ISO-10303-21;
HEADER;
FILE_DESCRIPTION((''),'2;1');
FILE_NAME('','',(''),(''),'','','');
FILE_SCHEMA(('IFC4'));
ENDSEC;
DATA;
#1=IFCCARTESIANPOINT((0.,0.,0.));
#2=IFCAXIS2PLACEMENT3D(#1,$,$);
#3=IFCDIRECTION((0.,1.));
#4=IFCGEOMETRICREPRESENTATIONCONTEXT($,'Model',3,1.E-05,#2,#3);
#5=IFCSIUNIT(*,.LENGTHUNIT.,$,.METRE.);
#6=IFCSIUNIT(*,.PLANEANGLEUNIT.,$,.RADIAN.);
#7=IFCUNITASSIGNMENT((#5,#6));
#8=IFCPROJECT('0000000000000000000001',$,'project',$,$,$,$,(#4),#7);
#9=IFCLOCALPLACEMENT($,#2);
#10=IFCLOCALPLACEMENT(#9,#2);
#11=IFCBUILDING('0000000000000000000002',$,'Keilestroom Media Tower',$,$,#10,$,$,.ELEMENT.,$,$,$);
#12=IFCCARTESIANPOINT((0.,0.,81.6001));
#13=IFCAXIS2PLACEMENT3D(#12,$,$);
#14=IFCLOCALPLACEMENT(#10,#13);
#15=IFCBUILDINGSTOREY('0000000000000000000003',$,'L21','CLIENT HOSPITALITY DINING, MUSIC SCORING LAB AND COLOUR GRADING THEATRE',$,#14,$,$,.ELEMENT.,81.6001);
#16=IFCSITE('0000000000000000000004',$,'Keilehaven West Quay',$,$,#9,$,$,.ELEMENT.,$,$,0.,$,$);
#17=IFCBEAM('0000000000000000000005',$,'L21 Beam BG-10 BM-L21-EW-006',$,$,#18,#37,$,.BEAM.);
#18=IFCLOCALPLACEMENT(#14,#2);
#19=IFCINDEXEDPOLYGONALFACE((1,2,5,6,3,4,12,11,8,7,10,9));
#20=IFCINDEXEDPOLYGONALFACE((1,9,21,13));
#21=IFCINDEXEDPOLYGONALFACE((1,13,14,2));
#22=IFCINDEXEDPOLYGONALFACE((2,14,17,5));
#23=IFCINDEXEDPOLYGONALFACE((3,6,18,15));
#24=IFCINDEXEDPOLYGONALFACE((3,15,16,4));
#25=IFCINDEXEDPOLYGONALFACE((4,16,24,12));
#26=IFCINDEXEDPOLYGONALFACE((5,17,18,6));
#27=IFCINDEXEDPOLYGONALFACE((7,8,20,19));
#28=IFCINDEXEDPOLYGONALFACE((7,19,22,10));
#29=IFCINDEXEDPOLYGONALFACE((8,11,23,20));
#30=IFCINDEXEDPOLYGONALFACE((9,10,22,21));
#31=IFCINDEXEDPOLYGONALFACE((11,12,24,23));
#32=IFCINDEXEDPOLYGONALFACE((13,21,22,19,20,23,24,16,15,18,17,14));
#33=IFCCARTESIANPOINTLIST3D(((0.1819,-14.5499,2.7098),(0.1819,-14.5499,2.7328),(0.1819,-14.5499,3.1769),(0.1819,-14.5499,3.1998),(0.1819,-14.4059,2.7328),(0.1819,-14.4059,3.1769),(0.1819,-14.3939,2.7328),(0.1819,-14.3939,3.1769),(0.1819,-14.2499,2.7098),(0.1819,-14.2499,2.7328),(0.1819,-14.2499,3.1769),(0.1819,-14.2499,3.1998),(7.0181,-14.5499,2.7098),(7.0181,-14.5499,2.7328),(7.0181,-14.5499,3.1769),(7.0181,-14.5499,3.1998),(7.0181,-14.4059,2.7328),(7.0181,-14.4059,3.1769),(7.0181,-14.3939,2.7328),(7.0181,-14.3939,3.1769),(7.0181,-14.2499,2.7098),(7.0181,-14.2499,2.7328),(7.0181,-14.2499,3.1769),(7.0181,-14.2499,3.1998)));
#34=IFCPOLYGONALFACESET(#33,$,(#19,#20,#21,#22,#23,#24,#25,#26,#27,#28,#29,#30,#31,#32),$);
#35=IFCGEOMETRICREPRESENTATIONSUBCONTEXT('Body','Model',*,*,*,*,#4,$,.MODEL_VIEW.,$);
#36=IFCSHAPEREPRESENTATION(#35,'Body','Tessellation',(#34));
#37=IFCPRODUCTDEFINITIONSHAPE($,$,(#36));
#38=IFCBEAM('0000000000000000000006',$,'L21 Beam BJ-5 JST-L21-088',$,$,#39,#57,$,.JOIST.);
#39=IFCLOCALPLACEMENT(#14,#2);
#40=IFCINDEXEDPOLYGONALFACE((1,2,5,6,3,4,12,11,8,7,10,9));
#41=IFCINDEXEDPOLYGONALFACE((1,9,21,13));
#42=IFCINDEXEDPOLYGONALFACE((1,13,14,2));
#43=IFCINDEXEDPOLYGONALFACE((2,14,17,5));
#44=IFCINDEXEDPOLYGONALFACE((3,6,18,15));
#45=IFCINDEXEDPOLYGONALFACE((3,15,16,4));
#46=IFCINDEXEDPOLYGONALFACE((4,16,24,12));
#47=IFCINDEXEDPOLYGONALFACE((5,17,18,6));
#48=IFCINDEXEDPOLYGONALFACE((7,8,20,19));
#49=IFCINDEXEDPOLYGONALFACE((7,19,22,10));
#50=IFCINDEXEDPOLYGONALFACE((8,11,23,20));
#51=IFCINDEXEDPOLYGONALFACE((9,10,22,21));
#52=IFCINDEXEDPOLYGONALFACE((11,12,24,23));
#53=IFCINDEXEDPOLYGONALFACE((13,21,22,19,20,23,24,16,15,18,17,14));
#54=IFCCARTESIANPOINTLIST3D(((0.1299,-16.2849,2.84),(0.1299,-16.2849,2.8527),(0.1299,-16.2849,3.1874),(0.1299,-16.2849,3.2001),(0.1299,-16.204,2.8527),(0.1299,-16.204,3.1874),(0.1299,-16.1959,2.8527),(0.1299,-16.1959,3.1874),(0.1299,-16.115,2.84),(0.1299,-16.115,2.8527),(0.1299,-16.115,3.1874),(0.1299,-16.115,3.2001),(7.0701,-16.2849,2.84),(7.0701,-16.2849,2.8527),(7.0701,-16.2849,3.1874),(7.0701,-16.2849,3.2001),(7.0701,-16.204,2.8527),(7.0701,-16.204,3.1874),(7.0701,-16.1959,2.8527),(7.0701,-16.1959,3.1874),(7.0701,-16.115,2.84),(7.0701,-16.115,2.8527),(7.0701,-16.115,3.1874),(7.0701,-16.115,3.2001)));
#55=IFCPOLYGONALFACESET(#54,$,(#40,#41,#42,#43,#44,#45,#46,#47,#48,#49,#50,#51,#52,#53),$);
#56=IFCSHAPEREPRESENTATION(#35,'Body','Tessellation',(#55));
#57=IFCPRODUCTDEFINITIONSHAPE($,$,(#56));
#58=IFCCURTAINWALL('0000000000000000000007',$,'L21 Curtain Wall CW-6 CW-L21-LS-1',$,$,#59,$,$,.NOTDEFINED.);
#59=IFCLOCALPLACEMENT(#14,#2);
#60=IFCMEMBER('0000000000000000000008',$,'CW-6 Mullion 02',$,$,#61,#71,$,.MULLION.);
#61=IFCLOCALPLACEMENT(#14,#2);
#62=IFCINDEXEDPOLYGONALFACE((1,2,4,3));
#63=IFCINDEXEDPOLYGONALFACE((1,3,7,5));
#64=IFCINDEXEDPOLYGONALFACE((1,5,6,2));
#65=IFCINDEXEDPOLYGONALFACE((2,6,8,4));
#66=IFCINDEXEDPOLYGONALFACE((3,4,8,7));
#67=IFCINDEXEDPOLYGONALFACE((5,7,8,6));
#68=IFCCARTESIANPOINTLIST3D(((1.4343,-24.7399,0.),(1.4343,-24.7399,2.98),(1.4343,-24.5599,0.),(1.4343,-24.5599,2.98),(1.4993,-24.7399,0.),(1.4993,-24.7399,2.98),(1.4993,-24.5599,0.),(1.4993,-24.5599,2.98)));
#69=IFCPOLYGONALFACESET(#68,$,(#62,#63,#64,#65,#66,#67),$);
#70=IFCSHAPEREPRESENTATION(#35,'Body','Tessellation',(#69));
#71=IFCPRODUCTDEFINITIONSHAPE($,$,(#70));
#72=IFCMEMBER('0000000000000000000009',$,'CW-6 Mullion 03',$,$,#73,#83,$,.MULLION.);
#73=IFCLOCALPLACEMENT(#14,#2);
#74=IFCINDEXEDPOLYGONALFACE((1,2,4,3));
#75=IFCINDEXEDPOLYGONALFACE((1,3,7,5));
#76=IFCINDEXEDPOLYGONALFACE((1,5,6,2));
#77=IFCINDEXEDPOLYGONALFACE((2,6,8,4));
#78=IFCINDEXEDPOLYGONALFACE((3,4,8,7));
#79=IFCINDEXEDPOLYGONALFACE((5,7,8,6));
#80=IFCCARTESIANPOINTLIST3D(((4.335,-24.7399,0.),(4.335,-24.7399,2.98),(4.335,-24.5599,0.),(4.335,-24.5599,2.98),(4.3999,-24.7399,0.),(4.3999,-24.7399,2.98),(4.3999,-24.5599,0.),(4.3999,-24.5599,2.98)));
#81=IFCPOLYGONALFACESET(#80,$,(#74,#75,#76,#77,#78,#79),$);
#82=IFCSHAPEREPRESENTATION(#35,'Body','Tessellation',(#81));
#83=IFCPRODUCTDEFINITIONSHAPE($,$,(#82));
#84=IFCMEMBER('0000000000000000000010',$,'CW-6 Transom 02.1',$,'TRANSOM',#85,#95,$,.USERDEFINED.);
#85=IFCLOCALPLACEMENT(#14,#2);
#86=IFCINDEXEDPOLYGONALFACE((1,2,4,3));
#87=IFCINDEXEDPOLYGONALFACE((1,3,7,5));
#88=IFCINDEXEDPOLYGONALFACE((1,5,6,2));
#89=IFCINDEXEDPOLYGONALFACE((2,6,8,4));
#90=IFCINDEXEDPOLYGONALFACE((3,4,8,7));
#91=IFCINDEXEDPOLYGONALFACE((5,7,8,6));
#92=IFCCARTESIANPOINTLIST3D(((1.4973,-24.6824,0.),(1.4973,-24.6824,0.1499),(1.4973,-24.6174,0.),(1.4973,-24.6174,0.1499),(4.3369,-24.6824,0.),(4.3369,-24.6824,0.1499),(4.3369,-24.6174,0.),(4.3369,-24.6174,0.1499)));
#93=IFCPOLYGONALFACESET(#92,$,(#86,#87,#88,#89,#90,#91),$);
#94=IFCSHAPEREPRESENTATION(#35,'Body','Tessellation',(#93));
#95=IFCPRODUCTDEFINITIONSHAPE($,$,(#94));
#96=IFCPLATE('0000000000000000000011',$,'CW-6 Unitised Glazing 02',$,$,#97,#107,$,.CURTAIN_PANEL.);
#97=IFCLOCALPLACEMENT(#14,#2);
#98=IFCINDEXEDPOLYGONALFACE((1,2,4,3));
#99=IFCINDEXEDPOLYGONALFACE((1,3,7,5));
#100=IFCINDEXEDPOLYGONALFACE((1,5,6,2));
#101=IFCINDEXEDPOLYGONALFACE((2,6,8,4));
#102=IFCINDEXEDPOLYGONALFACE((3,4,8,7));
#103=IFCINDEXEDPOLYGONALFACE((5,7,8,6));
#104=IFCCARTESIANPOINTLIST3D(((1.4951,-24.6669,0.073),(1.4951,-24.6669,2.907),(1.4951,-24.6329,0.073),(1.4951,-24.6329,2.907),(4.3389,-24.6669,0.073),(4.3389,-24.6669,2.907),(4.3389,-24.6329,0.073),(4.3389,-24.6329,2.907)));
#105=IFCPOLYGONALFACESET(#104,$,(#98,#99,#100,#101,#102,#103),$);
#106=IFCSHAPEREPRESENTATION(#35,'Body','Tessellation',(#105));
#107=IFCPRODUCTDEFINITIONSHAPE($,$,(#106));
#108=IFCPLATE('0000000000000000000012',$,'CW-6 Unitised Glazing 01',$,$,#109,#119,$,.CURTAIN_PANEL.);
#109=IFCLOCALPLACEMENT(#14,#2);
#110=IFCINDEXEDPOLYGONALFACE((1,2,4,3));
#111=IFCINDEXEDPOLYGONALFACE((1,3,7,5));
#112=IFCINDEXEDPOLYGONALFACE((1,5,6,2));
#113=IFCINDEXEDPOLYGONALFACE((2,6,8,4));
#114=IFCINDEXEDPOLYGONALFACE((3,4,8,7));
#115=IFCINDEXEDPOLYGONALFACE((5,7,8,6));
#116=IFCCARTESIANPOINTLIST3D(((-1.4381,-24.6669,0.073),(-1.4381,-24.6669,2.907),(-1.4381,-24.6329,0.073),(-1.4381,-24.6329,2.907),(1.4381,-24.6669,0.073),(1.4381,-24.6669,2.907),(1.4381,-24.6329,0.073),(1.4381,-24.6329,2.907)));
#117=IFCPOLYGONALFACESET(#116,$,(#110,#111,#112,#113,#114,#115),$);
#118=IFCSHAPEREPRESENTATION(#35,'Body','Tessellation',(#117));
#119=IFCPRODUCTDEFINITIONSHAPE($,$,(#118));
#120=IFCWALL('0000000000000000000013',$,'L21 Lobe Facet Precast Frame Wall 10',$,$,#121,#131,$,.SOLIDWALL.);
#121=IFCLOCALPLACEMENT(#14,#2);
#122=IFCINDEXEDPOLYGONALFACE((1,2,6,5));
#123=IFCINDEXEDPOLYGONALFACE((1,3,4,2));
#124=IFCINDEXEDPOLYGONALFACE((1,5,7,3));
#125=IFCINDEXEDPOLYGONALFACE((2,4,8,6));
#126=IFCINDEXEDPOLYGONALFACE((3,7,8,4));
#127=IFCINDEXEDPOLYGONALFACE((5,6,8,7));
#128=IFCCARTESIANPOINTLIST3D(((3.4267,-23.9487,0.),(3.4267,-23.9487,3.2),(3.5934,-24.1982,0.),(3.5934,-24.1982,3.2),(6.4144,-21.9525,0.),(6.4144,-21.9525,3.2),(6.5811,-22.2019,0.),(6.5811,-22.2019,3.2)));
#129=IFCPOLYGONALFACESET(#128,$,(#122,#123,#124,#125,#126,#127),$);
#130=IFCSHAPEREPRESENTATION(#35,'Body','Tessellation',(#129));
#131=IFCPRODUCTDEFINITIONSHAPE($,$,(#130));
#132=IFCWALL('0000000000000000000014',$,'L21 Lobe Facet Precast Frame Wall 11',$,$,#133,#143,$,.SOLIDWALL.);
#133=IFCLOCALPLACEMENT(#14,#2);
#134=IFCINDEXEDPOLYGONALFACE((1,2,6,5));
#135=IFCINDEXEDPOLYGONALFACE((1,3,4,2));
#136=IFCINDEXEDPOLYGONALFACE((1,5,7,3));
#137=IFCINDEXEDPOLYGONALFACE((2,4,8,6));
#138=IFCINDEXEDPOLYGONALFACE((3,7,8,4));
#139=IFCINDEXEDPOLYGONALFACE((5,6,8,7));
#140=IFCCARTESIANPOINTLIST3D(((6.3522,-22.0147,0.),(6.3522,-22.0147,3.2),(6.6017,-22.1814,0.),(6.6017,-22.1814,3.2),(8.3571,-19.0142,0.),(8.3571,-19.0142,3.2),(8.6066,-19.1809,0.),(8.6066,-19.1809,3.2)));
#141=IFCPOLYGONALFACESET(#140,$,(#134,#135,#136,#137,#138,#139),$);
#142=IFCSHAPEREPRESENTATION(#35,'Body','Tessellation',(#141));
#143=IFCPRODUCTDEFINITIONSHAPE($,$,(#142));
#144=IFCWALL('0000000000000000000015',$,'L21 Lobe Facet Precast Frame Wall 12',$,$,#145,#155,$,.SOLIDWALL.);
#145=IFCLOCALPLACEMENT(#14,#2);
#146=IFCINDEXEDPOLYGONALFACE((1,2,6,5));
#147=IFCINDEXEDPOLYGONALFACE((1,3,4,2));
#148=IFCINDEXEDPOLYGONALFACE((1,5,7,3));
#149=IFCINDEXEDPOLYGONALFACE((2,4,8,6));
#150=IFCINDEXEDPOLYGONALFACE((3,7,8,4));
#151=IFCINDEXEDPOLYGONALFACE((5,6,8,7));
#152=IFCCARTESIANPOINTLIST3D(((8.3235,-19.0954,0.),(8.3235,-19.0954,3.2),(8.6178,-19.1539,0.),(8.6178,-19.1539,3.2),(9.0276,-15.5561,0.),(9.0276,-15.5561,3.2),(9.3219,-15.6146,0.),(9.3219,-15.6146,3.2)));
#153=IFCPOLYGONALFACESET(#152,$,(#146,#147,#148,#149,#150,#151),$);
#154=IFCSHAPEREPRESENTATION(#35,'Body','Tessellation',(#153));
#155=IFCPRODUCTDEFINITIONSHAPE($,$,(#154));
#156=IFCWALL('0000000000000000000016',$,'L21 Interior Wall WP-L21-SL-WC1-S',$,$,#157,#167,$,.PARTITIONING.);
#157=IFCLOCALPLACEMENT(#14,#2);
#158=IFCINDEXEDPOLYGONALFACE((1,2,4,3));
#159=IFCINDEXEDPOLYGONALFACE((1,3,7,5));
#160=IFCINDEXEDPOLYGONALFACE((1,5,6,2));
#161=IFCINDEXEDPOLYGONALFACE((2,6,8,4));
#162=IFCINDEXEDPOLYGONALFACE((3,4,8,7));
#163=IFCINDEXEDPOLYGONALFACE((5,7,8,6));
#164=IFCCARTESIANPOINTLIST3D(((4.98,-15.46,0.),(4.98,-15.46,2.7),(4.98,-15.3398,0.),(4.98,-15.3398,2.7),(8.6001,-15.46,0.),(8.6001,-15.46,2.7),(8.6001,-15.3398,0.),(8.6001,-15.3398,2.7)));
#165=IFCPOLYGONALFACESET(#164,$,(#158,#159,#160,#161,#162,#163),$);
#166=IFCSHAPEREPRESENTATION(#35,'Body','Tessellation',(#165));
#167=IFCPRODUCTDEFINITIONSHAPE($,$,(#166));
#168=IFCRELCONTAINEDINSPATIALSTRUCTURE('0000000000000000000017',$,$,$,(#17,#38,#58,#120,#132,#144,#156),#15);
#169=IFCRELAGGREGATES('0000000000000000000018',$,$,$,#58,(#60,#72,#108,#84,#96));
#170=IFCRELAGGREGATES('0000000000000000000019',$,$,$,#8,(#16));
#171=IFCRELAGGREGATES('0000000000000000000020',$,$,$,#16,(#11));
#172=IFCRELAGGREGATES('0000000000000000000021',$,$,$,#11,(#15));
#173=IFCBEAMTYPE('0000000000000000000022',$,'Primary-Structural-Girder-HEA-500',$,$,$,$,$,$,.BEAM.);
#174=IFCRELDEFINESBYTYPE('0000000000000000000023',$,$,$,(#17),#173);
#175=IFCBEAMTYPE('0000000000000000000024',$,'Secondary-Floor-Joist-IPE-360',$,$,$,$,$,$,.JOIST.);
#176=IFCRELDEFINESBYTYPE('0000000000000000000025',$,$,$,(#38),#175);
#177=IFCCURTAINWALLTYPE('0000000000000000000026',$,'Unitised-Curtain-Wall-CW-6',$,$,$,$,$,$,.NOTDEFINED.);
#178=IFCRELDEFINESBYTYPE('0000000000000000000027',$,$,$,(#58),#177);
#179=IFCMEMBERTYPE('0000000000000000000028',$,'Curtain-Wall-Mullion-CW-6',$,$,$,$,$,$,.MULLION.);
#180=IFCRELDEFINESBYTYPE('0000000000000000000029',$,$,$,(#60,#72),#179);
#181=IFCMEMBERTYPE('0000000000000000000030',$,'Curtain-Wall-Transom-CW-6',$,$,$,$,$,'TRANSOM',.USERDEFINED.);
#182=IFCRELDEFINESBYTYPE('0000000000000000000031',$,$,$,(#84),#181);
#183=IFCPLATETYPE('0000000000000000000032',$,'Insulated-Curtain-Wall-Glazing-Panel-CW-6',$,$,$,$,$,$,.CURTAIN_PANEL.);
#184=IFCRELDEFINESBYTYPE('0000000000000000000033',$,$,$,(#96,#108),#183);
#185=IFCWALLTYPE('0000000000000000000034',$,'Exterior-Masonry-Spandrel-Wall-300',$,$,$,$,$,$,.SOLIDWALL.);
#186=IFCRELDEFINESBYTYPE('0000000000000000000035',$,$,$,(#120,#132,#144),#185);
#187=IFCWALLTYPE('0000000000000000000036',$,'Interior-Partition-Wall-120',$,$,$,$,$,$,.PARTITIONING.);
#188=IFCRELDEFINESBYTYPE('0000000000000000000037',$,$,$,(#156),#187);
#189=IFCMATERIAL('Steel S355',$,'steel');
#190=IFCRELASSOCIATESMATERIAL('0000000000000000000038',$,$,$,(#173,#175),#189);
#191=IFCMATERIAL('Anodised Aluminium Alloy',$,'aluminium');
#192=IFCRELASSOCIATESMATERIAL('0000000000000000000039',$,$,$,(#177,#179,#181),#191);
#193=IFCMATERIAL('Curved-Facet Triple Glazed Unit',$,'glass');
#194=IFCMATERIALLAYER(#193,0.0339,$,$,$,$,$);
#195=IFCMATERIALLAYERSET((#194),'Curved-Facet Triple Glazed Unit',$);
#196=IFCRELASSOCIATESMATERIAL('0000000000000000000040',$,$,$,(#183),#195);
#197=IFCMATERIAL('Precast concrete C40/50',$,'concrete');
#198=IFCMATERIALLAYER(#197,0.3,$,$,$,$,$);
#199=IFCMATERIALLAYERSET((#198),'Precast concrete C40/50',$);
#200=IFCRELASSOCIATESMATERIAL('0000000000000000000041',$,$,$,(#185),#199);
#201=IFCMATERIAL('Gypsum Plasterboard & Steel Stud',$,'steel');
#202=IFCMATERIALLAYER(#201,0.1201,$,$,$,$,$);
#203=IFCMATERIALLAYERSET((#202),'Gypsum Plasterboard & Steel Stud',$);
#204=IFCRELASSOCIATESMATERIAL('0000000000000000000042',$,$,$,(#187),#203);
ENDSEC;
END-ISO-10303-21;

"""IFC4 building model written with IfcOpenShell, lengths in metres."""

from ifc_helpers import new_model, si_unit, direction, frame, frame_2d, origin, origin_2d, place, context, subcontext, project, spatial, rectangle, i_section, extrude, source, transform, mapped, material, layer, layer_set, material_profile, profile_set, type_object, element, aggregate, save


model = new_model("IFC4")

# Units and contexts
model_context = context("Model", 3, precision=1e-05, world=origin(), true_north=direction((0.0, 1.0)))
body_context = subcontext(model_context, "Body", "Model", "MODEL_VIEW")
ifc_project = project(units=[si_unit("LENGTHUNIT", "METRE"), si_unit("PLANEANGLEUNIT", "RADIAN")], contexts=[model_context])

# Site, building, storey
site_placement = place(None, origin())
site = spatial("IfcSite", under=ifc_project, at=site_placement, Name="Keilehaven West Quay", CompositionType="ELEMENT", RefElevation=0.0)
building_placement = place(site_placement, origin())
building = spatial("IfcBuilding", under=site, at=building_placement, Name="Keilestroom Media Tower", CompositionType="ELEMENT")
storey_placement = place(building_placement, frame((0.0, 0.0, 81.6001)))
storey = spatial("IfcBuildingStorey", under=building, at=storey_placement, Name="L21", Description="CLIENT HOSPITALITY DINING, MUSIC SCORING LAB AND COLOUR GRADING THEATRE", CompositionType="ELEMENT", Elevation=81.6001)

# Beams
ifc_material_1 = material(Name="Steel S355", Category="steel")
ifc_material_profile_1 = material_profile(ifc_material_1, i_section(OverallWidth=0.3, OverallDepth=0.49, WebThickness=0.012, FlangeThickness=0.0229, at=origin_2d()), Name="HEA 500")
ifc_profile_set_1 = profile_set([ifc_material_profile_1], Name="Steel S355")
beam_type_1 = type_object("IfcBeamType", Name="Primary-Structural-Girder-HEA-500", PredefinedType="BEAM", material=ifc_profile_set_1)
shared_shape_1 = source(origin(), body_context, "Body", "SweptSolid", [
    extrude(i_section(OverallWidth=0.3, OverallDepth=0.49, WebThickness=0.012, FlangeThickness=0.0229, at=origin_2d()), origin(), (0.0, 0.0, 1.0), 6.8362),
])
for number, where, z_axis, x_axis, name in (
    (1, (0.1819, -14.3999, 2.9548), (1.0, 0.0, 0.0), (0.0, 1.0, 0.0), "L21 Beam BG-10 BM-L21-EW-006"),
):
    element("IfcBeam", number, at=place(storey_placement, frame(where, z_axis=z_axis, x_axis=x_axis)), inside=storey, type_object=beam_type_1, Name=name, PredefinedType="BEAM", context=body_context, shape_type="MappedRepresentation", body=[
        mapped(shared_shape_1, transform((0.0, 0.0, 0.0), x_axis=(1.0, 0.0, 0.0), y_axis=(0.0, 1.0, 0.0), z_axis=(0.0, 0.0, 1.0), scale=1.0)),
    ])
ifc_material_profile_2 = material_profile(ifc_material_1, i_section(OverallWidth=0.1699, OverallDepth=0.3601, WebThickness=0.0081, FlangeThickness=0.0127, at=origin_2d()), Name="IPE 360")
ifc_profile_set_2 = profile_set([ifc_material_profile_2], Name="Steel S355")
beam_type_2 = type_object("IfcBeamType", Name="Secondary-Floor-Joist-IPE-360", PredefinedType="JOIST", material=ifc_profile_set_2)
shared_shape_2 = source(origin(), body_context, "Body", "SweptSolid", [
    extrude(i_section(OverallWidth=0.1699, OverallDepth=0.3601, WebThickness=0.0081, FlangeThickness=0.0127, at=origin_2d()), origin(), (0.0, 0.0, 1.0), 6.9402),
])
beam_1_placement = place(storey_placement, frame((0.1299, -16.2, 3.02), z_axis=(1.0, 0.0, 0.0), x_axis=(0.0, 1.0, 0.0)))
element("IfcBeam", 2, at=beam_1_placement, inside=storey, type_object=beam_type_2, Name="L21 Beam BJ-5 JST-L21-088", PredefinedType="JOIST", context=body_context, shape_type="MappedRepresentation", body=[
    mapped(shared_shape_2, transform((0.0, 0.0, 0.0), x_axis=(1.0, 0.0, 0.0), y_axis=(0.0, 1.0, 0.0), z_axis=(0.0, 0.0, 1.0), scale=1.0)),
])

# Curtain wall, members, plates
ifc_material_2 = material(Name="Anodised Aluminium Alloy", Category="aluminium")
curtain_wall_type = type_object("IfcCurtainWallType", Name="Unitised-Curtain-Wall-CW-6", PredefinedType="NOTDEFINED", material=ifc_material_2)
curtain_wall_placement = place(storey_placement, origin())
curtain_wall = element("IfcCurtainWall", 3, at=curtain_wall_placement, inside=storey, type_object=curtain_wall_type, Name="L21 Curtain Wall CW-6 CW-L21-LS-1", PredefinedType="NOTDEFINED")
ifc_material_profile_3 = material_profile(ifc_material_2, rectangle(XDim=0.0649, YDim=0.1799, at=origin_2d()), Name="ALU MULLION 65x180")
ifc_profile_set_3 = profile_set([ifc_material_profile_3], Name="Anodised Aluminium Alloy")
member_type_1 = type_object("IfcMemberType", Name="Curtain-Wall-Mullion-CW-6", PredefinedType="MULLION", material=ifc_profile_set_3)
shared_shape_3 = source(origin(), body_context, "Body", "SweptSolid", [
    extrude(rectangle(XDim=0.0649, YDim=0.1799, at=origin_2d()), origin(), (0.0, 0.0, 1.0), 2.98),
])
member_1_placement = place(storey_placement, frame((1.4668, -24.6499, 0.0), z_axis=(0.0, 0.0, 1.0), x_axis=(1.0, 0.0, 0.0)))
member_1 = element("IfcMember", 4, at=member_1_placement, type_object=member_type_1, Name="CW-6 Mullion 02", PredefinedType="MULLION", context=body_context, shape_type="MappedRepresentation", body=[
    mapped(shared_shape_3, transform((0.0, 0.0, 0.0), x_axis=(1.0, 0.0, 0.0), y_axis=(0.0, 1.0, 0.0), z_axis=(0.0, 0.0, 1.0), scale=1.0)),
])
member_2_placement = place(storey_placement, frame((4.3674, -24.6499, 0.0), z_axis=(0.0, 0.0, 1.0), x_axis=(1.0, 0.0, 0.0)))
member_2 = element("IfcMember", 5, at=member_2_placement, type_object=member_type_1, Name="CW-6 Mullion 03", PredefinedType="MULLION", context=body_context, shape_type="MappedRepresentation", body=[
    mapped(shared_shape_3, transform((0.0, 0.0, 0.0), x_axis=(1.0, 0.0, 0.0), y_axis=(0.0, 1.0, 0.0), z_axis=(0.0, 0.0, 1.0), scale=1.0)),
])
ifc_material_profile_4 = material_profile(ifc_material_2, rectangle(XDim=0.0649, YDim=0.1499, at=origin_2d()), Name="ALU TRANSOM 65x150")
ifc_profile_set_4 = profile_set([ifc_material_profile_4], Name="Anodised Aluminium Alloy")
member_type_2 = type_object("IfcMemberType", Name="Curtain-Wall-Transom-CW-6", ElementType="TRANSOM", PredefinedType="USERDEFINED", material=ifc_profile_set_4)
shared_shape_4 = source(origin(), body_context, "Body", "SweptSolid", [
    extrude(rectangle(XDim=0.0649, YDim=0.1499, at=origin_2d()), origin(), (0.0, 0.0, 1.0), 2.8396),
])
member_3_placement = place(storey_placement, frame((1.4973, -24.6499, 0.075), z_axis=(1.0, 0.0, 0.0), x_axis=(0.0, 1.0, 0.0)))
member_3 = element("IfcMember", 6, at=member_3_placement, type_object=member_type_2, Name="CW-6 Transom 02.1", ObjectType="TRANSOM", PredefinedType="USERDEFINED", context=body_context, shape_type="MappedRepresentation", body=[
    mapped(shared_shape_4, transform((0.0, 0.0, 0.0), x_axis=(1.0, 0.0, 0.0), y_axis=(0.0, 1.0, 0.0), z_axis=(0.0, 0.0, 1.0), scale=1.0)),
])
ifc_material_3 = material(Name="Curved-Facet Triple Glazed Unit", Category="glass")
ifc_layer_1 = layer(ifc_material_3, 0.0339)
ifc_layer_set_1 = layer_set([ifc_layer_1], Name="Curved-Facet Triple Glazed Unit")
plate_type = type_object("IfcPlateType", Name="Insulated-Curtain-Wall-Glazing-Panel-CW-6", PredefinedType="CURTAIN_PANEL", material=ifc_layer_set_1)
shared_shape_5 = source(origin(), body_context, "Body", "SweptSolid", [
    extrude(rectangle(XDim=2.8438, YDim=0.0339, at=origin_2d()), origin(), (0.0, 0.0, 1.0), 2.834),
])
plate_1_placement = place(storey_placement, frame((2.917, -24.6499, 0.073), z_axis=(0.0, 0.0, 1.0), x_axis=(1.0, 0.0, 0.0)))
plate_1 = element("IfcPlate", 7, at=plate_1_placement, type_object=plate_type, Name="CW-6 Unitised Glazing 02", PredefinedType="CURTAIN_PANEL", context=body_context, shape_type="MappedRepresentation", body=[
    mapped(shared_shape_5, transform((0.0, 0.0, 0.0), x_axis=(1.0, 0.0, 0.0), y_axis=(0.0, 1.0, 0.0), z_axis=(0.0, 0.0, 1.0), scale=1.0)),
])
shared_shape_6 = source(origin(), body_context, "Body", "SweptSolid", [
    extrude(rectangle(XDim=2.8762, YDim=0.0339, at=origin_2d()), origin(), (0.0, 0.0, 1.0), 2.834),
])
plate_2_placement = place(storey_placement, frame((0.0, -24.6499, 0.073), z_axis=(0.0, 0.0, 1.0), x_axis=(1.0, 0.0, 0.0)))
plate_2 = element("IfcPlate", 8, at=plate_2_placement, type_object=plate_type, Name="CW-6 Unitised Glazing 01", PredefinedType="CURTAIN_PANEL", context=body_context, shape_type="MappedRepresentation", body=[
    mapped(shared_shape_6, transform((0.0, 0.0, 0.0), x_axis=(1.0, 0.0, 0.0), y_axis=(0.0, 1.0, 0.0), z_axis=(0.0, 0.0, 1.0), scale=1.0)),
])
aggregate(curtain_wall, [member_1, member_2, plate_2, member_3, plate_1])

# Walls
ifc_material_4 = material(Name="Precast concrete C40/50", Category="concrete")
ifc_layer_2 = layer(ifc_material_4, 0.3)
ifc_layer_set_2 = layer_set([ifc_layer_2], Name="Precast concrete C40/50")
wall_type_1 = type_object("IfcWallType", Name="Exterior-Masonry-Spandrel-Wall-300", PredefinedType="SOLIDWALL", material=ifc_layer_set_2)
wall_1_placement = place(storey_placement, frame((3.51, -24.0735, 0.0), z_axis=(0.0, 0.0, 1.0), x_axis=(0.831475, 0.555562, 0.0)))
element("IfcWall", 9, at=wall_1_placement, inside=storey, type_object=wall_type_1, Name="L21 Lobe Facet Precast Frame Wall 10", PredefinedType="SOLIDWALL", context=body_context, shape_type="SweptSolid", body=[
    extrude(rectangle(XDim=3.5933, YDim=0.3, at=frame_2d((1.7966, 0.0))), origin(), (0.0, 0.0, 1.0), 3.2),
])
for number, where, z_axis, x_axis, name in (
    (10, (6.4771, -22.0979, 0.0), (0.0, 0.0, 1.0), (0.555574, 0.831467, 0.0), "L21 Lobe Facet Precast Frame Wall 11"),
    (11, (8.4707, -19.1245, 0.0), (0.0, 0.0, 1.0), (0.195114, 0.980781, 0.0), "L21 Lobe Facet Precast Frame Wall 12"),
):
    element("IfcWall", number, at=place(storey_placement, frame(where, z_axis=z_axis, x_axis=x_axis)), inside=storey, type_object=wall_type_1, Name=name, PredefinedType="SOLIDWALL", context=body_context, shape_type="SweptSolid", body=[
        extrude(rectangle(XDim=3.6086, YDim=0.3, at=frame_2d((1.8042, 0.0))), origin(), (0.0, 0.0, 1.0), 3.2),
    ])
ifc_material_5 = material(Name="Gypsum Plasterboard & Steel Stud", Category="steel")
ifc_layer_3 = layer(ifc_material_5, 0.1201)
ifc_layer_set_3 = layer_set([ifc_layer_3], Name="Gypsum Plasterboard & Steel Stud")
wall_type_2 = type_object("IfcWallType", Name="Interior-Partition-Wall-120", PredefinedType="PARTITIONING", material=ifc_layer_set_3)
wall_2_placement = place(storey_placement, frame((4.98, -15.3999, 0.0), z_axis=(0.0, 0.0, 1.0), x_axis=(1.0, 0.0, 0.0)))
element("IfcWall", 12, at=wall_2_placement, inside=storey, type_object=wall_type_2, Name="L21 Interior Wall WP-L21-SL-WC1-S", PredefinedType="PARTITIONING", context=body_context, shape_type="SweptSolid", body=[
    extrude(rectangle(XDim=3.6201, YDim=0.1201, at=frame_2d((1.8101, 0.0))), origin(), (0.0, 0.0, 1.0), 2.7),
])

save(model, "model.ifc")
